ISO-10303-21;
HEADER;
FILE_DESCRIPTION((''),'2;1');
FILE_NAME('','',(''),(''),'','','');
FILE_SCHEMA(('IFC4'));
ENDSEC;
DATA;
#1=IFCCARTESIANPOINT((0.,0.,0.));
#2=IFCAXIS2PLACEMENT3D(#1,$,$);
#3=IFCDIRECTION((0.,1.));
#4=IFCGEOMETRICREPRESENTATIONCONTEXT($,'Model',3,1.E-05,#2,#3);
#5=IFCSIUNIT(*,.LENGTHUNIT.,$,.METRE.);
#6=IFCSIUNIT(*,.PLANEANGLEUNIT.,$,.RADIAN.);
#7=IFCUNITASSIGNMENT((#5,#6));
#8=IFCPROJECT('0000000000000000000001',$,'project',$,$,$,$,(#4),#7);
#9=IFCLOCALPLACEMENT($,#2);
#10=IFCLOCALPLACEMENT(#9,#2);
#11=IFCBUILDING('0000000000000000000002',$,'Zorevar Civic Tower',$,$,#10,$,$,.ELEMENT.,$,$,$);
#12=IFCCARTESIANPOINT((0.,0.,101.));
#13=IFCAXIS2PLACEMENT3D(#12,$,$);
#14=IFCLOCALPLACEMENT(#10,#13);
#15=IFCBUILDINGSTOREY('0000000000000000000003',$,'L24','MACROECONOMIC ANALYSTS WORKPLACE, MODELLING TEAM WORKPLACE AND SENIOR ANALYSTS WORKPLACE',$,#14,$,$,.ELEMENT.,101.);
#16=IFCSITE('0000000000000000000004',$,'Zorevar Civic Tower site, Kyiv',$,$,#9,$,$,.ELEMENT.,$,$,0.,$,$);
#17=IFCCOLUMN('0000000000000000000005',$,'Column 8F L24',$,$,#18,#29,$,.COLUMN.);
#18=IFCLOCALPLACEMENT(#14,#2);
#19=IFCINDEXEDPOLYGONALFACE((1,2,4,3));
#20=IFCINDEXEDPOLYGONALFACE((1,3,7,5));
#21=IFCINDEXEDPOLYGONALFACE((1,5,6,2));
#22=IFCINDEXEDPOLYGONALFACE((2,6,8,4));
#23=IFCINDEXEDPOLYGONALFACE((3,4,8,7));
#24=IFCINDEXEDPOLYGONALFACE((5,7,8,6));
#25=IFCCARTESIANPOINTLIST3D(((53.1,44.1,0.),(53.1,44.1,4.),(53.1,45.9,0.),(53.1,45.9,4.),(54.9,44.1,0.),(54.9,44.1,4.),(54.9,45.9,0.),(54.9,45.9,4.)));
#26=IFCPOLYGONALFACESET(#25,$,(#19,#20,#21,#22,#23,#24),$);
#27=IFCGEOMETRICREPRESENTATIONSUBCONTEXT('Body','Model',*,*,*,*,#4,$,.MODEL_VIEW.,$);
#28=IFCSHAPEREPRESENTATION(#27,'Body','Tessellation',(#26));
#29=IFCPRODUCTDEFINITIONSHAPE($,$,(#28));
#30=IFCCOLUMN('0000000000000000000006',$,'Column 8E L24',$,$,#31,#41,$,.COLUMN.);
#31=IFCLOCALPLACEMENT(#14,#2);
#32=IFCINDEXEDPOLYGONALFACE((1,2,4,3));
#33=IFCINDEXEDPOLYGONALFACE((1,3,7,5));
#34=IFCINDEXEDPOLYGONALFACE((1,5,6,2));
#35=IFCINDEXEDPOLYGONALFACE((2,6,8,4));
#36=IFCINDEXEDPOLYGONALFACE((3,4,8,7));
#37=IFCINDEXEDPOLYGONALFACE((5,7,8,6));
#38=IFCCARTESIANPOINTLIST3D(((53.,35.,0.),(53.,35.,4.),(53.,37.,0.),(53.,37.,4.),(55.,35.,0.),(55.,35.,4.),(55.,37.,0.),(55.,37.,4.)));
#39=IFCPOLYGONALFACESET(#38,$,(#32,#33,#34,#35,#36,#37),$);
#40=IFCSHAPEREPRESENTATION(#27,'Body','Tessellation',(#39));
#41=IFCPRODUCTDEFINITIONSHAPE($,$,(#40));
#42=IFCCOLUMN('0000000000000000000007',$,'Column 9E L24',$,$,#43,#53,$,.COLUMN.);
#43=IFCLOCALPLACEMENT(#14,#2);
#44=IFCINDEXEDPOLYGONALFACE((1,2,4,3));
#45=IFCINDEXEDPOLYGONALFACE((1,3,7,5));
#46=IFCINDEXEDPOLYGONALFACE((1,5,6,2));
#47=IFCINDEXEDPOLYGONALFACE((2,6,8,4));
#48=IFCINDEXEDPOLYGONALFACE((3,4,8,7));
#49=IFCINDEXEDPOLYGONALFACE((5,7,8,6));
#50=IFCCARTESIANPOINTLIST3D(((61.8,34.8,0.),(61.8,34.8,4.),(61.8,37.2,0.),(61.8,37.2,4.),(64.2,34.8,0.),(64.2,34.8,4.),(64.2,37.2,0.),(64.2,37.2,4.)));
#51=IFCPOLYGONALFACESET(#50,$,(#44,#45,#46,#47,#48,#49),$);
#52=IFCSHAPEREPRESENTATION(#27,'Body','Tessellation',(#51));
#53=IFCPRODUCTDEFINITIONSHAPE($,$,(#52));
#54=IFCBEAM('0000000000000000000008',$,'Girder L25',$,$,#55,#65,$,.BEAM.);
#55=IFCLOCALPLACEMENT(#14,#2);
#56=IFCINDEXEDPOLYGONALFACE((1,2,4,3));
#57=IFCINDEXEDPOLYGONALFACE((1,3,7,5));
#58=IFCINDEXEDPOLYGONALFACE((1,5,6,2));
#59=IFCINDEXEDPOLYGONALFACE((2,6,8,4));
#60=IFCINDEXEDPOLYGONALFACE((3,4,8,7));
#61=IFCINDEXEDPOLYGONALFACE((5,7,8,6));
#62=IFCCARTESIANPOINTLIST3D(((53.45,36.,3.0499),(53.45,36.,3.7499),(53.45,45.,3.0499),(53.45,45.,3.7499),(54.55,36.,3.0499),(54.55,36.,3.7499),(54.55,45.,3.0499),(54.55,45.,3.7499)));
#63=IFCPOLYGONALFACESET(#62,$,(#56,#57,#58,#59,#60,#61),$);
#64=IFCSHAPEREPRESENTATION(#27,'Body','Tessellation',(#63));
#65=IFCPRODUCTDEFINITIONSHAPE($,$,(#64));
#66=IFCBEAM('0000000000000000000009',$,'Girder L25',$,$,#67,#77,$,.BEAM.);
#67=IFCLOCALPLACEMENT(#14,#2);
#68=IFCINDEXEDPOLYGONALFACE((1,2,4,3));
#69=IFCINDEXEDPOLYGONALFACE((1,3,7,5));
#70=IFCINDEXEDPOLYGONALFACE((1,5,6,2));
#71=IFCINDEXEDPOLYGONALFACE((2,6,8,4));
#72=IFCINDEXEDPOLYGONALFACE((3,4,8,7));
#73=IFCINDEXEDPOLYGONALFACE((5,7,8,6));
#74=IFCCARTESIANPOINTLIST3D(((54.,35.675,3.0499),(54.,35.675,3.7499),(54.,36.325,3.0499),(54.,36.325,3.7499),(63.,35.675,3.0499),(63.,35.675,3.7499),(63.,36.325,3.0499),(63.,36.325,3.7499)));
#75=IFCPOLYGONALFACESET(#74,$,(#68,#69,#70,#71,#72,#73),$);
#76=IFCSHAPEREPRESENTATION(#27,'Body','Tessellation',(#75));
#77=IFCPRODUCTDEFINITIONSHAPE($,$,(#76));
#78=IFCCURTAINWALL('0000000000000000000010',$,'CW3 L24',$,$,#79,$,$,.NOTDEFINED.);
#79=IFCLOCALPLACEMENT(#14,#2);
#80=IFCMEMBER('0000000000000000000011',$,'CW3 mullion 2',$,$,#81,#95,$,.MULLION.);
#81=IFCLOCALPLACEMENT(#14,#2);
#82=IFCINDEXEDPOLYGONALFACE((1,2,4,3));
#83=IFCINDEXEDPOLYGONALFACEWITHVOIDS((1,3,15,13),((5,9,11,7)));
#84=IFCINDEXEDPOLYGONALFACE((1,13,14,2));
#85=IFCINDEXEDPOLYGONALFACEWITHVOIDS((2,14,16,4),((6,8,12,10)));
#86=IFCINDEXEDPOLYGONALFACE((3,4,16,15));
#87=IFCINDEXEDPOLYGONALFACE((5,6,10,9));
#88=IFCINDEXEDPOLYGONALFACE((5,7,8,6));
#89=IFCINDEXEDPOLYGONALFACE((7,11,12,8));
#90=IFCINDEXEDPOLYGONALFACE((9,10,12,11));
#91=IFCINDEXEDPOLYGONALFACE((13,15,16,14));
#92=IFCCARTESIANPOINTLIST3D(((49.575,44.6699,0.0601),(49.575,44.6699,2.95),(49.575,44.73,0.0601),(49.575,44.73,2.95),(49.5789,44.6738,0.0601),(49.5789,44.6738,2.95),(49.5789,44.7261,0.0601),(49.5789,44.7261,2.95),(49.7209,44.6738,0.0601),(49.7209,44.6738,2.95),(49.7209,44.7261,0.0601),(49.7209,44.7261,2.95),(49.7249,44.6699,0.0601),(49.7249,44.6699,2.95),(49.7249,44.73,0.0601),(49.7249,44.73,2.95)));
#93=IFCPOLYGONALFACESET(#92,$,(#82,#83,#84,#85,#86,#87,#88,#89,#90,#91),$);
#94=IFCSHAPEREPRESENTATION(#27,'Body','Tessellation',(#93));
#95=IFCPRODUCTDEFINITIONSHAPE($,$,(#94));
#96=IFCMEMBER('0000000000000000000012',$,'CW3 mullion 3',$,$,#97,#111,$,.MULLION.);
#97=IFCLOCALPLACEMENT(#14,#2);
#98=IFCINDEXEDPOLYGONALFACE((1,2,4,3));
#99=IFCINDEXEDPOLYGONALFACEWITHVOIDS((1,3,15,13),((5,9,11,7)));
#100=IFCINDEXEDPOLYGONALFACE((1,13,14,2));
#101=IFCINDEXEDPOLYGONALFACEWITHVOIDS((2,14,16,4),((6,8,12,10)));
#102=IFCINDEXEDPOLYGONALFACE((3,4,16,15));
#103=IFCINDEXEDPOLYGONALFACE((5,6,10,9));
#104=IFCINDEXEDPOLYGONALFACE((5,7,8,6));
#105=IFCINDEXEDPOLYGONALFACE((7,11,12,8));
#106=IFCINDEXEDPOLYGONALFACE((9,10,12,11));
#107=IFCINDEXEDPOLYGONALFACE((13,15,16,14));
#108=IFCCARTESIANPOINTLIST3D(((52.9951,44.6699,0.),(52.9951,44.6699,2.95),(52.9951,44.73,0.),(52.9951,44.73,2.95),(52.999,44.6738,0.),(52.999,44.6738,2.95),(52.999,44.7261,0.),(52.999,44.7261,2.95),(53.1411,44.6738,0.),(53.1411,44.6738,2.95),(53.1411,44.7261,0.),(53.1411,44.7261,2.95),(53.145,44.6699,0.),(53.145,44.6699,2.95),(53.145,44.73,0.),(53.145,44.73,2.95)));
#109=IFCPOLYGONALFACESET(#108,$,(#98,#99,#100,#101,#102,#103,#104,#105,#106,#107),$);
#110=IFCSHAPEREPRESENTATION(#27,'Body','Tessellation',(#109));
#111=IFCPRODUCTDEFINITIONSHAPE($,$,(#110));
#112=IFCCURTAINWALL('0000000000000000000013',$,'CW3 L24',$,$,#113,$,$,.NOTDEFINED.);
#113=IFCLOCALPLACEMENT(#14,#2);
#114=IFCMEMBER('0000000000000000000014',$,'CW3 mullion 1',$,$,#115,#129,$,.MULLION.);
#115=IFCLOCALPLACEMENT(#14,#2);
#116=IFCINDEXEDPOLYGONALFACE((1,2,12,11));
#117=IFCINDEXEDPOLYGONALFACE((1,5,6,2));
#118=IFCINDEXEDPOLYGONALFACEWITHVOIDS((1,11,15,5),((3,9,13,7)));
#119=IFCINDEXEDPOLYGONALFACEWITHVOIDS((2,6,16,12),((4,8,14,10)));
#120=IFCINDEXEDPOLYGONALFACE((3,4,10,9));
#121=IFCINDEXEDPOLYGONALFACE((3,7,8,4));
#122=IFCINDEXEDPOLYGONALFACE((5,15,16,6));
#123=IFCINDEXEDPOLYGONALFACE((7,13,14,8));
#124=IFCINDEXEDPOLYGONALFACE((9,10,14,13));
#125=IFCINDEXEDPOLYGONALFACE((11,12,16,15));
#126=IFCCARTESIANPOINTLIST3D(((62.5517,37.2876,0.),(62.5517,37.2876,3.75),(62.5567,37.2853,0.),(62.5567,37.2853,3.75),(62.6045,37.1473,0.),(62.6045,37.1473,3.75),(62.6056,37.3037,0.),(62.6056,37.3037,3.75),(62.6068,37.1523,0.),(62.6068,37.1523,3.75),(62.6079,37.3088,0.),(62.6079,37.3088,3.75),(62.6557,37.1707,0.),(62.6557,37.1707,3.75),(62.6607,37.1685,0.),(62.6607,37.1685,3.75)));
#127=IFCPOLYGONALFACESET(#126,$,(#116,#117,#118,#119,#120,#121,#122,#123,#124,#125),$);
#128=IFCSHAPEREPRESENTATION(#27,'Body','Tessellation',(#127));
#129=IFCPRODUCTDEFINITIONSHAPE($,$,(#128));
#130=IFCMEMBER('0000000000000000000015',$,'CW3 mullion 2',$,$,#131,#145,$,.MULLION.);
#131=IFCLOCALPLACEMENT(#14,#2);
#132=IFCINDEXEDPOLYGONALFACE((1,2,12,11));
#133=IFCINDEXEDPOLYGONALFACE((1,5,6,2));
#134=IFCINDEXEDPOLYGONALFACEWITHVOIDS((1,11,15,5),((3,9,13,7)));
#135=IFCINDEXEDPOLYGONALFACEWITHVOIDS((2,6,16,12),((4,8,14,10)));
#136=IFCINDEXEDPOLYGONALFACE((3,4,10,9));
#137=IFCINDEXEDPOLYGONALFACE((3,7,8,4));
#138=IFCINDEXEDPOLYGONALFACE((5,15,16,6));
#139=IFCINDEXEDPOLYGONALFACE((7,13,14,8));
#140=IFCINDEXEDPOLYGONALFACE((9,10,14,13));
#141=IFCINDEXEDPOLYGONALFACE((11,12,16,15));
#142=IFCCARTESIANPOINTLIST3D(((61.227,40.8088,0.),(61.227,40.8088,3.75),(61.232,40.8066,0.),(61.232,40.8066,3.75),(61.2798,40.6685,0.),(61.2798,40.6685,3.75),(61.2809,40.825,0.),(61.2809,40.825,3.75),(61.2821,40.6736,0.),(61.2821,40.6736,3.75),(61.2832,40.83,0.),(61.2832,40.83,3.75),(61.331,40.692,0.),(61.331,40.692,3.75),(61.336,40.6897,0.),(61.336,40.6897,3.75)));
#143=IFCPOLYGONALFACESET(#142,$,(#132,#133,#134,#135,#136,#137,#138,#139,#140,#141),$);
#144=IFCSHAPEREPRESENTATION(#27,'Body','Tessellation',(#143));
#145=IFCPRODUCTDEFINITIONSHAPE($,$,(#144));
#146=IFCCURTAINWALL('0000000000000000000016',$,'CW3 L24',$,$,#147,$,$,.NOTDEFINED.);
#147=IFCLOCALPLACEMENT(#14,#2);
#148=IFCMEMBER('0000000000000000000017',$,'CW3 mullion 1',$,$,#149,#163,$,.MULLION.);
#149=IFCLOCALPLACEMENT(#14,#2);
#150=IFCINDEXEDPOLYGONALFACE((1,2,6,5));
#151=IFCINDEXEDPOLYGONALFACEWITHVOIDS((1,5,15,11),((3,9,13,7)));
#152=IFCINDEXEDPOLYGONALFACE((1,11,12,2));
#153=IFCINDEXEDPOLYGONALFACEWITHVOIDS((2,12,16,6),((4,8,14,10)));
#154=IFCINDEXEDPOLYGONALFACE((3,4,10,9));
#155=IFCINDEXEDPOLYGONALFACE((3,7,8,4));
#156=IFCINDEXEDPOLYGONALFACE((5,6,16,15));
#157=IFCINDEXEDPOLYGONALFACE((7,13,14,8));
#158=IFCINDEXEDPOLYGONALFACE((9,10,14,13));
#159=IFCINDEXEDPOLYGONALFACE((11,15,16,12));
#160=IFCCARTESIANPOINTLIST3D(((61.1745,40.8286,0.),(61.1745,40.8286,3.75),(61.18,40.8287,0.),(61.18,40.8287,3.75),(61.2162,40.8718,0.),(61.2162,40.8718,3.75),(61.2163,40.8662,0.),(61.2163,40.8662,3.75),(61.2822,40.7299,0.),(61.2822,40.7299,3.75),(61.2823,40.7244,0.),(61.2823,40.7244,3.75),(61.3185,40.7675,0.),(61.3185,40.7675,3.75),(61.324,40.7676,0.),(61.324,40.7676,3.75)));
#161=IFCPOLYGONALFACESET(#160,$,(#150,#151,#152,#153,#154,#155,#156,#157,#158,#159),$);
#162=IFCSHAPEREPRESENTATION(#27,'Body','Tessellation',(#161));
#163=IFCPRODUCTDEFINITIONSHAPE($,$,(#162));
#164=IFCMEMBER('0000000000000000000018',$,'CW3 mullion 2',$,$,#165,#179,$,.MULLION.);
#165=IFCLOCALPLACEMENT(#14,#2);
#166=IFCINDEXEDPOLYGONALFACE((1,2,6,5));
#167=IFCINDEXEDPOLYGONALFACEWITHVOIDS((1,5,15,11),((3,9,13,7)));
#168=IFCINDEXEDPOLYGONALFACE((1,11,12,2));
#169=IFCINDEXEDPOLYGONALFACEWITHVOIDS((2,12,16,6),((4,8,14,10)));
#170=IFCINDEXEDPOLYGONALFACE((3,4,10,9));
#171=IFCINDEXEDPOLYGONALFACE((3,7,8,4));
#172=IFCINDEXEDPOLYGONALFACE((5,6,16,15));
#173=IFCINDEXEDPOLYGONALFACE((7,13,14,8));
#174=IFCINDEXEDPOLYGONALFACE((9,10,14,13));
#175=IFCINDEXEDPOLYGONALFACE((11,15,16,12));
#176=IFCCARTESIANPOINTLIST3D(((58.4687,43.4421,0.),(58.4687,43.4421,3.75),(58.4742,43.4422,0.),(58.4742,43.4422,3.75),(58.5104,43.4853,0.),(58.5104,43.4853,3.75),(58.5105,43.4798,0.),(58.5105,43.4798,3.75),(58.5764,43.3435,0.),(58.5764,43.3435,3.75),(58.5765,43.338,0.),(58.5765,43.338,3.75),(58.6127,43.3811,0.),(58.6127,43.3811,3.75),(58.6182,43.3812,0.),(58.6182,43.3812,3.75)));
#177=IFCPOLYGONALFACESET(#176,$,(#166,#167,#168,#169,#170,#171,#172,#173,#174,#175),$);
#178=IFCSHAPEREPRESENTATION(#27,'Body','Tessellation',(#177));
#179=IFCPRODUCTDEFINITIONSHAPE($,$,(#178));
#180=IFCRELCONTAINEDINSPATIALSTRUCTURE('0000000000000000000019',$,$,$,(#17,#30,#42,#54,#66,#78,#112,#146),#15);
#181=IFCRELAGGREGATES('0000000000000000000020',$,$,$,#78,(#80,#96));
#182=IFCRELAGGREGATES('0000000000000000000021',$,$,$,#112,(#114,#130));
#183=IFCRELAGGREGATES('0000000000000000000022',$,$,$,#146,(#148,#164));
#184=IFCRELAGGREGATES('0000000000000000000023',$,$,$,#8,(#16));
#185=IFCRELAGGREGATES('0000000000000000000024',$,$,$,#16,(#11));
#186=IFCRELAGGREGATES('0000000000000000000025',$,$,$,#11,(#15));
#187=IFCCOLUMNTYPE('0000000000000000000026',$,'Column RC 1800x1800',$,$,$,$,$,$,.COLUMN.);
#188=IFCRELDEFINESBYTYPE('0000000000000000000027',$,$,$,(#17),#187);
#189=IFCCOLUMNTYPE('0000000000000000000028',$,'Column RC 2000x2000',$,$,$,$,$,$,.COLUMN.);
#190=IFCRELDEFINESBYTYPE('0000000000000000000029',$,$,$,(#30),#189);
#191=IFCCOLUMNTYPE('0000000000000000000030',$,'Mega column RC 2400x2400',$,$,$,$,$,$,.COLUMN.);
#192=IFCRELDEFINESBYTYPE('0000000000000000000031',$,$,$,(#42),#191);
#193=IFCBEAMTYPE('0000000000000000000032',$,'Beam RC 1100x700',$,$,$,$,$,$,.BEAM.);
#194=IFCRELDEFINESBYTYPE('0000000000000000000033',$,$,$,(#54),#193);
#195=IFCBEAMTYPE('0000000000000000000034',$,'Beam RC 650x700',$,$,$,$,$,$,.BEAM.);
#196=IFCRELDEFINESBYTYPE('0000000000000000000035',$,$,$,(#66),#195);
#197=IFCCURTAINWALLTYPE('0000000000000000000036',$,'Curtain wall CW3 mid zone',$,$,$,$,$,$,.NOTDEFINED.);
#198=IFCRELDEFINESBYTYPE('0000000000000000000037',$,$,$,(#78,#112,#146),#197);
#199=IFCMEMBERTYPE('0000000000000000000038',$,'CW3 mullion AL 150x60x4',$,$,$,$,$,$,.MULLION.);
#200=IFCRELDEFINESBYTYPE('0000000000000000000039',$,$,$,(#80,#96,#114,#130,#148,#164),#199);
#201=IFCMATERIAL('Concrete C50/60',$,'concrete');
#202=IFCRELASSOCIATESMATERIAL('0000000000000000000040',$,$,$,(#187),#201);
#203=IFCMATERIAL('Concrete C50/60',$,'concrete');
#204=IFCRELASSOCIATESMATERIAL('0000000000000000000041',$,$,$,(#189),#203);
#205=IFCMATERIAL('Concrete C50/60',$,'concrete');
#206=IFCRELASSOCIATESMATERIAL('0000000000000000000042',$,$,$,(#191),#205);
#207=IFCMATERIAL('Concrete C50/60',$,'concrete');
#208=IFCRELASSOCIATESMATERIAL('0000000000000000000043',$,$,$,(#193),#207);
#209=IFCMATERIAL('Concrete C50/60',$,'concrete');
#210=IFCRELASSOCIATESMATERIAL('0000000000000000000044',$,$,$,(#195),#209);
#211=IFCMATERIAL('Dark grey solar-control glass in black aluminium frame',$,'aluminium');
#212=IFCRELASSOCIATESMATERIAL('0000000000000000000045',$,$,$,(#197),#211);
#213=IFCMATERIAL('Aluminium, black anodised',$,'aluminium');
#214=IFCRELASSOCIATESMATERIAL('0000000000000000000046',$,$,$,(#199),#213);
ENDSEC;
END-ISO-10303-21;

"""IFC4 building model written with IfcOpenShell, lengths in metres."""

from ifc_helpers import new_model, si_unit, direction, frame, origin, origin_2d, place, context, subcontext, project, spatial, rectangle, hollow_rectangle, extrude, material, material_profile, profile_set, type_object, element, aggregate, save


model = new_model("IFC4")

# Units and contexts
model_context = context("Model", 3, precision=1e-05, world=origin(), true_north=direction((0.0, 1.0)))
body_context = subcontext(model_context, "Body", "Model", "MODEL_VIEW")
ifc_project = project(units=[si_unit("LENGTHUNIT", "METRE"), si_unit("PLANEANGLEUNIT", "RADIAN")], contexts=[model_context])

# Site, building, storey
site_placement = place(None, origin())
site = spatial("IfcSite", under=ifc_project, at=site_placement, Name="Zorevar Civic Tower site, Kyiv", CompositionType="ELEMENT", RefElevation=0.0)
building_placement = place(site_placement, origin())
building = spatial("IfcBuilding", under=site, at=building_placement, Name="Zorevar Civic Tower", CompositionType="ELEMENT")
storey_placement = place(building_placement, frame((0.0, 0.0, 101.0)))
storey = spatial("IfcBuildingStorey", under=building, at=storey_placement, Name="L24", Description="MACROECONOMIC ANALYSTS WORKPLACE, MODELLING TEAM WORKPLACE AND SENIOR ANALYSTS WORKPLACE", CompositionType="ELEMENT", Elevation=101.0)

# Columns
ifc_material_1 = material(Name="Concrete C50/60", Category="concrete")
ifc_material_profile_1 = material_profile(ifc_material_1, rectangle(XDim=1.8, YDim=1.8, at=origin_2d()), Name="RC 1800x1800")
ifc_profile_set_1 = profile_set([ifc_material_profile_1], Name="Concrete C50/60")
column_type_1 = type_object("IfcColumnType", Name="Column RC 1800x1800", PredefinedType="COLUMN", material=ifc_profile_set_1)
column_1_placement = place(storey_placement, frame((54.0, 45.0, 0.0), z_axis=(0.0, 0.0, 1.0), x_axis=(1.0, 0.0, 0.0)))
element("IfcColumn", 1, at=column_1_placement, inside=storey, type_object=column_type_1, Name="Column 8F L24", PredefinedType="COLUMN", context=body_context, shape_type="SweptSolid", body=[
    extrude(rectangle(XDim=1.8, YDim=1.8, at=origin_2d()), origin(), (0.0, 0.0, 1.0), 4.0),
])
ifc_material_2 = material(Name="Concrete C50/60", Category="concrete")
ifc_material_profile_2 = material_profile(ifc_material_2, rectangle(XDim=2.0, YDim=2.0, at=origin_2d()), Name="RC 2000x2000")
ifc_profile_set_2 = profile_set([ifc_material_profile_2], Name="Concrete C50/60")
column_type_2 = type_object("IfcColumnType", Name="Column RC 2000x2000", PredefinedType="COLUMN", material=ifc_profile_set_2)
column_2_placement = place(storey_placement, frame((54.0, 36.0, 0.0), z_axis=(0.0, 0.0, 1.0), x_axis=(1.0, 0.0, 0.0)))
element("IfcColumn", 2, at=column_2_placement, inside=storey, type_object=column_type_2, Name="Column 8E L24", PredefinedType="COLUMN", context=body_context, shape_type="SweptSolid", body=[
    extrude(rectangle(XDim=2.0, YDim=2.0, at=origin_2d()), origin(), (0.0, 0.0, 1.0), 4.0),
])
ifc_material_3 = material(Name="Concrete C50/60", Category="concrete")
ifc_material_profile_3 = material_profile(ifc_material_3, rectangle(XDim=2.3999, YDim=2.3999, at=origin_2d()), Name="RC 2400x2400")
ifc_profile_set_3 = profile_set([ifc_material_profile_3], Name="Concrete C50/60")
column_type_3 = type_object("IfcColumnType", Name="Mega column RC 2400x2400", PredefinedType="COLUMN", material=ifc_profile_set_3)
column_3_placement = place(storey_placement, frame((63.0, 36.0, 0.0), z_axis=(0.0, 0.0, 1.0), x_axis=(1.0, 0.0, 0.0)))
element("IfcColumn", 3, at=column_3_placement, inside=storey, type_object=column_type_3, Name="Column 9E L24", PredefinedType="COLUMN", context=body_context, shape_type="SweptSolid", body=[
    extrude(rectangle(XDim=2.3999, YDim=2.3999, at=origin_2d()), origin(), (0.0, 0.0, 1.0), 4.0),
])

# Beams
ifc_material_4 = material(Name="Concrete C50/60", Category="concrete")
ifc_material_profile_4 = material_profile(ifc_material_4, rectangle(XDim=1.1001, YDim=0.7, at=origin_2d()), Name="RC 1100x700")
ifc_profile_set_4 = profile_set([ifc_material_profile_4], Name="Concrete C50/60")
beam_type_1 = type_object("IfcBeamType", Name="Beam RC 1100x700", PredefinedType="BEAM", material=ifc_profile_set_4)
beam_1_placement = place(storey_placement, frame((54.0, 36.0, 3.3999), z_axis=(0.0, 1.0, 0.0), x_axis=(-1.0, 0.0, 0.0)))
element("IfcBeam", 4, at=beam_1_placement, inside=storey, type_object=beam_type_1, Name="Girder L25", PredefinedType="BEAM", context=body_context, shape_type="SweptSolid", body=[
    extrude(rectangle(XDim=1.1001, YDim=0.7, at=origin_2d()), origin(), (0.0, 0.0, 1.0), 9.0),
])
ifc_material_5 = material(Name="Concrete C50/60", Category="concrete")
ifc_material_profile_5 = material_profile(ifc_material_5, rectangle(XDim=0.6499, YDim=0.7, at=origin_2d()), Name="RC 650x700")
ifc_profile_set_5 = profile_set([ifc_material_profile_5], Name="Concrete C50/60")
beam_type_2 = type_object("IfcBeamType", Name="Beam RC 650x700", PredefinedType="BEAM", material=ifc_profile_set_5)
beam_2_placement = place(storey_placement, frame((54.0, 36.0, 3.3999), z_axis=(1.0, 0.0, 0.0), x_axis=(0.0, 1.0, 0.0)))
element("IfcBeam", 5, at=beam_2_placement, inside=storey, type_object=beam_type_2, Name="Girder L25", PredefinedType="BEAM", context=body_context, shape_type="SweptSolid", body=[
    extrude(rectangle(XDim=0.6499, YDim=0.7, at=origin_2d()), origin(), (0.0, 0.0, 1.0), 9.0),
])

# Curtain walls, members
ifc_material_6 = material(Name="Dark grey solar-control glass in black aluminium frame", Category="aluminium")
curtain_wall_type = type_object("IfcCurtainWallType", Name="Curtain wall CW3 mid zone", PredefinedType="NOTDEFINED", material=ifc_material_6)
curtain_wall_1_placement = place(storey_placement, origin())
curtain_wall_1 = element("IfcCurtainWall", 6, at=curtain_wall_1_placement, inside=storey, type_object=curtain_wall_type, Name="CW3 L24", PredefinedType="NOTDEFINED")
ifc_material_7 = material(Name="Aluminium, black anodised", Category="aluminium")
ifc_material_profile_6 = material_profile(ifc_material_7, hollow_rectangle(XDim=0.0601, YDim=0.1499, WallThickness=0.0039, at=origin_2d()), Name="AL 150x60x4")
ifc_profile_set_6 = profile_set([ifc_material_profile_6], Name="Aluminium, black anodised")
member_type_1 = type_object("IfcMemberType", Name="CW3 mullion AL 150x60x4", PredefinedType="MULLION", material=ifc_profile_set_6)
member_1_placement = place(storey_placement, frame((49.6499, 44.7, 0.0601), z_axis=(0.0, 0.0, 1.0), x_axis=(0.0, 1.0, 0.0)))
member_1 = element("IfcMember", 7, at=member_1_placement, type_object=member_type_1, Name="CW3 mullion 2", PredefinedType="MULLION", context=body_context, shape_type="SweptSolid", body=[
    extrude(hollow_rectangle(XDim=0.0601, YDim=0.1499, WallThickness=0.0039, at=origin_2d()), origin(), (0.0, 0.0, 1.0), 2.8899),
])
member_2_placement = place(storey_placement, frame((53.0701, 44.7, 0.0), z_axis=(0.0, 0.0, 1.0), x_axis=(0.0, 1.0, 0.0)))
member_2 = element("IfcMember", 8, at=member_2_placement, type_object=member_type_1, Name="CW3 mullion 3", PredefinedType="MULLION", context=body_context, shape_type="SweptSolid", body=[
    extrude(hollow_rectangle(XDim=0.0601, YDim=0.1499, WallThickness=0.0039, at=origin_2d()), origin(), (0.0, 0.0, 1.0), 2.95),
])
curtain_wall_2_placement = place(storey_placement, origin())
curtain_wall_2 = element("IfcCurtainWall", 9, at=curtain_wall_2_placement, inside=storey, type_object=curtain_wall_type, Name="CW3 L24", PredefinedType="NOTDEFINED")
member_3_placement = place(storey_placement, frame((62.6062, 37.228, 0.0), z_axis=(0.0, 0.0, 1.0), x_axis=(-0.935951, -0.352132, 0.0)))
member_3 = element("IfcMember", 10, at=member_3_placement, type_object=member_type_1, Name="CW3 mullion 1", PredefinedType="MULLION", context=body_context, shape_type="SweptSolid", body=[
    extrude(hollow_rectangle(XDim=0.0601, YDim=0.1499, WallThickness=0.0039, at=origin_2d()), origin(), (0.0, 0.0, 1.0), 3.75),
])
member_4_placement = place(storey_placement, frame((61.2815, 40.7493, 0.0), z_axis=(0.0, 0.0, 1.0), x_axis=(-0.935951, -0.352132, 0.0)))
member_4 = element("IfcMember", 11, at=member_4_placement, type_object=member_type_1, Name="CW3 mullion 2", PredefinedType="MULLION", context=body_context, shape_type="SweptSolid", body=[
    extrude(hollow_rectangle(XDim=0.0601, YDim=0.1499, WallThickness=0.0039, at=origin_2d()), origin(), (0.0, 0.0, 1.0), 3.75),
])
curtain_wall_3_placement = place(storey_placement, origin())
curtain_wall_3 = element("IfcCurtainWall", 12, at=curtain_wall_3_placement, inside=storey, type_object=curtain_wall_type, Name="CW3 L24", PredefinedType="NOTDEFINED")
member_5_placement = place(storey_placement, frame((61.2493, 40.7981, 0.0), z_axis=(0.0, 0.0, 1.0), x_axis=(-0.694719, -0.719281, 0.0)))
member_5 = element("IfcMember", 13, at=member_5_placement, type_object=member_type_1, Name="CW3 mullion 1", PredefinedType="MULLION", context=body_context, shape_type="SweptSolid", body=[
    extrude(hollow_rectangle(XDim=0.0601, YDim=0.1499, WallThickness=0.0039, at=origin_2d()), origin(), (0.0, 0.0, 1.0), 3.75),
])
member_6_placement = place(storey_placement, frame((58.5435, 43.4116, 0.0), z_axis=(0.0, 0.0, 1.0), x_axis=(-0.694719, -0.719281, 0.0)))
member_6 = element("IfcMember", 14, at=member_6_placement, type_object=member_type_1, Name="CW3 mullion 2", PredefinedType="MULLION", context=body_context, shape_type="SweptSolid", body=[
    extrude(hollow_rectangle(XDim=0.0601, YDim=0.1499, WallThickness=0.0039, at=origin_2d()), origin(), (0.0, 0.0, 1.0), 3.75),
])

aggregate(curtain_wall_1, [member_1, member_2])
aggregate(curtain_wall_2, [member_3, member_4])
aggregate(curtain_wall_3, [member_5, member_6])

save(model, "model.ifc")
